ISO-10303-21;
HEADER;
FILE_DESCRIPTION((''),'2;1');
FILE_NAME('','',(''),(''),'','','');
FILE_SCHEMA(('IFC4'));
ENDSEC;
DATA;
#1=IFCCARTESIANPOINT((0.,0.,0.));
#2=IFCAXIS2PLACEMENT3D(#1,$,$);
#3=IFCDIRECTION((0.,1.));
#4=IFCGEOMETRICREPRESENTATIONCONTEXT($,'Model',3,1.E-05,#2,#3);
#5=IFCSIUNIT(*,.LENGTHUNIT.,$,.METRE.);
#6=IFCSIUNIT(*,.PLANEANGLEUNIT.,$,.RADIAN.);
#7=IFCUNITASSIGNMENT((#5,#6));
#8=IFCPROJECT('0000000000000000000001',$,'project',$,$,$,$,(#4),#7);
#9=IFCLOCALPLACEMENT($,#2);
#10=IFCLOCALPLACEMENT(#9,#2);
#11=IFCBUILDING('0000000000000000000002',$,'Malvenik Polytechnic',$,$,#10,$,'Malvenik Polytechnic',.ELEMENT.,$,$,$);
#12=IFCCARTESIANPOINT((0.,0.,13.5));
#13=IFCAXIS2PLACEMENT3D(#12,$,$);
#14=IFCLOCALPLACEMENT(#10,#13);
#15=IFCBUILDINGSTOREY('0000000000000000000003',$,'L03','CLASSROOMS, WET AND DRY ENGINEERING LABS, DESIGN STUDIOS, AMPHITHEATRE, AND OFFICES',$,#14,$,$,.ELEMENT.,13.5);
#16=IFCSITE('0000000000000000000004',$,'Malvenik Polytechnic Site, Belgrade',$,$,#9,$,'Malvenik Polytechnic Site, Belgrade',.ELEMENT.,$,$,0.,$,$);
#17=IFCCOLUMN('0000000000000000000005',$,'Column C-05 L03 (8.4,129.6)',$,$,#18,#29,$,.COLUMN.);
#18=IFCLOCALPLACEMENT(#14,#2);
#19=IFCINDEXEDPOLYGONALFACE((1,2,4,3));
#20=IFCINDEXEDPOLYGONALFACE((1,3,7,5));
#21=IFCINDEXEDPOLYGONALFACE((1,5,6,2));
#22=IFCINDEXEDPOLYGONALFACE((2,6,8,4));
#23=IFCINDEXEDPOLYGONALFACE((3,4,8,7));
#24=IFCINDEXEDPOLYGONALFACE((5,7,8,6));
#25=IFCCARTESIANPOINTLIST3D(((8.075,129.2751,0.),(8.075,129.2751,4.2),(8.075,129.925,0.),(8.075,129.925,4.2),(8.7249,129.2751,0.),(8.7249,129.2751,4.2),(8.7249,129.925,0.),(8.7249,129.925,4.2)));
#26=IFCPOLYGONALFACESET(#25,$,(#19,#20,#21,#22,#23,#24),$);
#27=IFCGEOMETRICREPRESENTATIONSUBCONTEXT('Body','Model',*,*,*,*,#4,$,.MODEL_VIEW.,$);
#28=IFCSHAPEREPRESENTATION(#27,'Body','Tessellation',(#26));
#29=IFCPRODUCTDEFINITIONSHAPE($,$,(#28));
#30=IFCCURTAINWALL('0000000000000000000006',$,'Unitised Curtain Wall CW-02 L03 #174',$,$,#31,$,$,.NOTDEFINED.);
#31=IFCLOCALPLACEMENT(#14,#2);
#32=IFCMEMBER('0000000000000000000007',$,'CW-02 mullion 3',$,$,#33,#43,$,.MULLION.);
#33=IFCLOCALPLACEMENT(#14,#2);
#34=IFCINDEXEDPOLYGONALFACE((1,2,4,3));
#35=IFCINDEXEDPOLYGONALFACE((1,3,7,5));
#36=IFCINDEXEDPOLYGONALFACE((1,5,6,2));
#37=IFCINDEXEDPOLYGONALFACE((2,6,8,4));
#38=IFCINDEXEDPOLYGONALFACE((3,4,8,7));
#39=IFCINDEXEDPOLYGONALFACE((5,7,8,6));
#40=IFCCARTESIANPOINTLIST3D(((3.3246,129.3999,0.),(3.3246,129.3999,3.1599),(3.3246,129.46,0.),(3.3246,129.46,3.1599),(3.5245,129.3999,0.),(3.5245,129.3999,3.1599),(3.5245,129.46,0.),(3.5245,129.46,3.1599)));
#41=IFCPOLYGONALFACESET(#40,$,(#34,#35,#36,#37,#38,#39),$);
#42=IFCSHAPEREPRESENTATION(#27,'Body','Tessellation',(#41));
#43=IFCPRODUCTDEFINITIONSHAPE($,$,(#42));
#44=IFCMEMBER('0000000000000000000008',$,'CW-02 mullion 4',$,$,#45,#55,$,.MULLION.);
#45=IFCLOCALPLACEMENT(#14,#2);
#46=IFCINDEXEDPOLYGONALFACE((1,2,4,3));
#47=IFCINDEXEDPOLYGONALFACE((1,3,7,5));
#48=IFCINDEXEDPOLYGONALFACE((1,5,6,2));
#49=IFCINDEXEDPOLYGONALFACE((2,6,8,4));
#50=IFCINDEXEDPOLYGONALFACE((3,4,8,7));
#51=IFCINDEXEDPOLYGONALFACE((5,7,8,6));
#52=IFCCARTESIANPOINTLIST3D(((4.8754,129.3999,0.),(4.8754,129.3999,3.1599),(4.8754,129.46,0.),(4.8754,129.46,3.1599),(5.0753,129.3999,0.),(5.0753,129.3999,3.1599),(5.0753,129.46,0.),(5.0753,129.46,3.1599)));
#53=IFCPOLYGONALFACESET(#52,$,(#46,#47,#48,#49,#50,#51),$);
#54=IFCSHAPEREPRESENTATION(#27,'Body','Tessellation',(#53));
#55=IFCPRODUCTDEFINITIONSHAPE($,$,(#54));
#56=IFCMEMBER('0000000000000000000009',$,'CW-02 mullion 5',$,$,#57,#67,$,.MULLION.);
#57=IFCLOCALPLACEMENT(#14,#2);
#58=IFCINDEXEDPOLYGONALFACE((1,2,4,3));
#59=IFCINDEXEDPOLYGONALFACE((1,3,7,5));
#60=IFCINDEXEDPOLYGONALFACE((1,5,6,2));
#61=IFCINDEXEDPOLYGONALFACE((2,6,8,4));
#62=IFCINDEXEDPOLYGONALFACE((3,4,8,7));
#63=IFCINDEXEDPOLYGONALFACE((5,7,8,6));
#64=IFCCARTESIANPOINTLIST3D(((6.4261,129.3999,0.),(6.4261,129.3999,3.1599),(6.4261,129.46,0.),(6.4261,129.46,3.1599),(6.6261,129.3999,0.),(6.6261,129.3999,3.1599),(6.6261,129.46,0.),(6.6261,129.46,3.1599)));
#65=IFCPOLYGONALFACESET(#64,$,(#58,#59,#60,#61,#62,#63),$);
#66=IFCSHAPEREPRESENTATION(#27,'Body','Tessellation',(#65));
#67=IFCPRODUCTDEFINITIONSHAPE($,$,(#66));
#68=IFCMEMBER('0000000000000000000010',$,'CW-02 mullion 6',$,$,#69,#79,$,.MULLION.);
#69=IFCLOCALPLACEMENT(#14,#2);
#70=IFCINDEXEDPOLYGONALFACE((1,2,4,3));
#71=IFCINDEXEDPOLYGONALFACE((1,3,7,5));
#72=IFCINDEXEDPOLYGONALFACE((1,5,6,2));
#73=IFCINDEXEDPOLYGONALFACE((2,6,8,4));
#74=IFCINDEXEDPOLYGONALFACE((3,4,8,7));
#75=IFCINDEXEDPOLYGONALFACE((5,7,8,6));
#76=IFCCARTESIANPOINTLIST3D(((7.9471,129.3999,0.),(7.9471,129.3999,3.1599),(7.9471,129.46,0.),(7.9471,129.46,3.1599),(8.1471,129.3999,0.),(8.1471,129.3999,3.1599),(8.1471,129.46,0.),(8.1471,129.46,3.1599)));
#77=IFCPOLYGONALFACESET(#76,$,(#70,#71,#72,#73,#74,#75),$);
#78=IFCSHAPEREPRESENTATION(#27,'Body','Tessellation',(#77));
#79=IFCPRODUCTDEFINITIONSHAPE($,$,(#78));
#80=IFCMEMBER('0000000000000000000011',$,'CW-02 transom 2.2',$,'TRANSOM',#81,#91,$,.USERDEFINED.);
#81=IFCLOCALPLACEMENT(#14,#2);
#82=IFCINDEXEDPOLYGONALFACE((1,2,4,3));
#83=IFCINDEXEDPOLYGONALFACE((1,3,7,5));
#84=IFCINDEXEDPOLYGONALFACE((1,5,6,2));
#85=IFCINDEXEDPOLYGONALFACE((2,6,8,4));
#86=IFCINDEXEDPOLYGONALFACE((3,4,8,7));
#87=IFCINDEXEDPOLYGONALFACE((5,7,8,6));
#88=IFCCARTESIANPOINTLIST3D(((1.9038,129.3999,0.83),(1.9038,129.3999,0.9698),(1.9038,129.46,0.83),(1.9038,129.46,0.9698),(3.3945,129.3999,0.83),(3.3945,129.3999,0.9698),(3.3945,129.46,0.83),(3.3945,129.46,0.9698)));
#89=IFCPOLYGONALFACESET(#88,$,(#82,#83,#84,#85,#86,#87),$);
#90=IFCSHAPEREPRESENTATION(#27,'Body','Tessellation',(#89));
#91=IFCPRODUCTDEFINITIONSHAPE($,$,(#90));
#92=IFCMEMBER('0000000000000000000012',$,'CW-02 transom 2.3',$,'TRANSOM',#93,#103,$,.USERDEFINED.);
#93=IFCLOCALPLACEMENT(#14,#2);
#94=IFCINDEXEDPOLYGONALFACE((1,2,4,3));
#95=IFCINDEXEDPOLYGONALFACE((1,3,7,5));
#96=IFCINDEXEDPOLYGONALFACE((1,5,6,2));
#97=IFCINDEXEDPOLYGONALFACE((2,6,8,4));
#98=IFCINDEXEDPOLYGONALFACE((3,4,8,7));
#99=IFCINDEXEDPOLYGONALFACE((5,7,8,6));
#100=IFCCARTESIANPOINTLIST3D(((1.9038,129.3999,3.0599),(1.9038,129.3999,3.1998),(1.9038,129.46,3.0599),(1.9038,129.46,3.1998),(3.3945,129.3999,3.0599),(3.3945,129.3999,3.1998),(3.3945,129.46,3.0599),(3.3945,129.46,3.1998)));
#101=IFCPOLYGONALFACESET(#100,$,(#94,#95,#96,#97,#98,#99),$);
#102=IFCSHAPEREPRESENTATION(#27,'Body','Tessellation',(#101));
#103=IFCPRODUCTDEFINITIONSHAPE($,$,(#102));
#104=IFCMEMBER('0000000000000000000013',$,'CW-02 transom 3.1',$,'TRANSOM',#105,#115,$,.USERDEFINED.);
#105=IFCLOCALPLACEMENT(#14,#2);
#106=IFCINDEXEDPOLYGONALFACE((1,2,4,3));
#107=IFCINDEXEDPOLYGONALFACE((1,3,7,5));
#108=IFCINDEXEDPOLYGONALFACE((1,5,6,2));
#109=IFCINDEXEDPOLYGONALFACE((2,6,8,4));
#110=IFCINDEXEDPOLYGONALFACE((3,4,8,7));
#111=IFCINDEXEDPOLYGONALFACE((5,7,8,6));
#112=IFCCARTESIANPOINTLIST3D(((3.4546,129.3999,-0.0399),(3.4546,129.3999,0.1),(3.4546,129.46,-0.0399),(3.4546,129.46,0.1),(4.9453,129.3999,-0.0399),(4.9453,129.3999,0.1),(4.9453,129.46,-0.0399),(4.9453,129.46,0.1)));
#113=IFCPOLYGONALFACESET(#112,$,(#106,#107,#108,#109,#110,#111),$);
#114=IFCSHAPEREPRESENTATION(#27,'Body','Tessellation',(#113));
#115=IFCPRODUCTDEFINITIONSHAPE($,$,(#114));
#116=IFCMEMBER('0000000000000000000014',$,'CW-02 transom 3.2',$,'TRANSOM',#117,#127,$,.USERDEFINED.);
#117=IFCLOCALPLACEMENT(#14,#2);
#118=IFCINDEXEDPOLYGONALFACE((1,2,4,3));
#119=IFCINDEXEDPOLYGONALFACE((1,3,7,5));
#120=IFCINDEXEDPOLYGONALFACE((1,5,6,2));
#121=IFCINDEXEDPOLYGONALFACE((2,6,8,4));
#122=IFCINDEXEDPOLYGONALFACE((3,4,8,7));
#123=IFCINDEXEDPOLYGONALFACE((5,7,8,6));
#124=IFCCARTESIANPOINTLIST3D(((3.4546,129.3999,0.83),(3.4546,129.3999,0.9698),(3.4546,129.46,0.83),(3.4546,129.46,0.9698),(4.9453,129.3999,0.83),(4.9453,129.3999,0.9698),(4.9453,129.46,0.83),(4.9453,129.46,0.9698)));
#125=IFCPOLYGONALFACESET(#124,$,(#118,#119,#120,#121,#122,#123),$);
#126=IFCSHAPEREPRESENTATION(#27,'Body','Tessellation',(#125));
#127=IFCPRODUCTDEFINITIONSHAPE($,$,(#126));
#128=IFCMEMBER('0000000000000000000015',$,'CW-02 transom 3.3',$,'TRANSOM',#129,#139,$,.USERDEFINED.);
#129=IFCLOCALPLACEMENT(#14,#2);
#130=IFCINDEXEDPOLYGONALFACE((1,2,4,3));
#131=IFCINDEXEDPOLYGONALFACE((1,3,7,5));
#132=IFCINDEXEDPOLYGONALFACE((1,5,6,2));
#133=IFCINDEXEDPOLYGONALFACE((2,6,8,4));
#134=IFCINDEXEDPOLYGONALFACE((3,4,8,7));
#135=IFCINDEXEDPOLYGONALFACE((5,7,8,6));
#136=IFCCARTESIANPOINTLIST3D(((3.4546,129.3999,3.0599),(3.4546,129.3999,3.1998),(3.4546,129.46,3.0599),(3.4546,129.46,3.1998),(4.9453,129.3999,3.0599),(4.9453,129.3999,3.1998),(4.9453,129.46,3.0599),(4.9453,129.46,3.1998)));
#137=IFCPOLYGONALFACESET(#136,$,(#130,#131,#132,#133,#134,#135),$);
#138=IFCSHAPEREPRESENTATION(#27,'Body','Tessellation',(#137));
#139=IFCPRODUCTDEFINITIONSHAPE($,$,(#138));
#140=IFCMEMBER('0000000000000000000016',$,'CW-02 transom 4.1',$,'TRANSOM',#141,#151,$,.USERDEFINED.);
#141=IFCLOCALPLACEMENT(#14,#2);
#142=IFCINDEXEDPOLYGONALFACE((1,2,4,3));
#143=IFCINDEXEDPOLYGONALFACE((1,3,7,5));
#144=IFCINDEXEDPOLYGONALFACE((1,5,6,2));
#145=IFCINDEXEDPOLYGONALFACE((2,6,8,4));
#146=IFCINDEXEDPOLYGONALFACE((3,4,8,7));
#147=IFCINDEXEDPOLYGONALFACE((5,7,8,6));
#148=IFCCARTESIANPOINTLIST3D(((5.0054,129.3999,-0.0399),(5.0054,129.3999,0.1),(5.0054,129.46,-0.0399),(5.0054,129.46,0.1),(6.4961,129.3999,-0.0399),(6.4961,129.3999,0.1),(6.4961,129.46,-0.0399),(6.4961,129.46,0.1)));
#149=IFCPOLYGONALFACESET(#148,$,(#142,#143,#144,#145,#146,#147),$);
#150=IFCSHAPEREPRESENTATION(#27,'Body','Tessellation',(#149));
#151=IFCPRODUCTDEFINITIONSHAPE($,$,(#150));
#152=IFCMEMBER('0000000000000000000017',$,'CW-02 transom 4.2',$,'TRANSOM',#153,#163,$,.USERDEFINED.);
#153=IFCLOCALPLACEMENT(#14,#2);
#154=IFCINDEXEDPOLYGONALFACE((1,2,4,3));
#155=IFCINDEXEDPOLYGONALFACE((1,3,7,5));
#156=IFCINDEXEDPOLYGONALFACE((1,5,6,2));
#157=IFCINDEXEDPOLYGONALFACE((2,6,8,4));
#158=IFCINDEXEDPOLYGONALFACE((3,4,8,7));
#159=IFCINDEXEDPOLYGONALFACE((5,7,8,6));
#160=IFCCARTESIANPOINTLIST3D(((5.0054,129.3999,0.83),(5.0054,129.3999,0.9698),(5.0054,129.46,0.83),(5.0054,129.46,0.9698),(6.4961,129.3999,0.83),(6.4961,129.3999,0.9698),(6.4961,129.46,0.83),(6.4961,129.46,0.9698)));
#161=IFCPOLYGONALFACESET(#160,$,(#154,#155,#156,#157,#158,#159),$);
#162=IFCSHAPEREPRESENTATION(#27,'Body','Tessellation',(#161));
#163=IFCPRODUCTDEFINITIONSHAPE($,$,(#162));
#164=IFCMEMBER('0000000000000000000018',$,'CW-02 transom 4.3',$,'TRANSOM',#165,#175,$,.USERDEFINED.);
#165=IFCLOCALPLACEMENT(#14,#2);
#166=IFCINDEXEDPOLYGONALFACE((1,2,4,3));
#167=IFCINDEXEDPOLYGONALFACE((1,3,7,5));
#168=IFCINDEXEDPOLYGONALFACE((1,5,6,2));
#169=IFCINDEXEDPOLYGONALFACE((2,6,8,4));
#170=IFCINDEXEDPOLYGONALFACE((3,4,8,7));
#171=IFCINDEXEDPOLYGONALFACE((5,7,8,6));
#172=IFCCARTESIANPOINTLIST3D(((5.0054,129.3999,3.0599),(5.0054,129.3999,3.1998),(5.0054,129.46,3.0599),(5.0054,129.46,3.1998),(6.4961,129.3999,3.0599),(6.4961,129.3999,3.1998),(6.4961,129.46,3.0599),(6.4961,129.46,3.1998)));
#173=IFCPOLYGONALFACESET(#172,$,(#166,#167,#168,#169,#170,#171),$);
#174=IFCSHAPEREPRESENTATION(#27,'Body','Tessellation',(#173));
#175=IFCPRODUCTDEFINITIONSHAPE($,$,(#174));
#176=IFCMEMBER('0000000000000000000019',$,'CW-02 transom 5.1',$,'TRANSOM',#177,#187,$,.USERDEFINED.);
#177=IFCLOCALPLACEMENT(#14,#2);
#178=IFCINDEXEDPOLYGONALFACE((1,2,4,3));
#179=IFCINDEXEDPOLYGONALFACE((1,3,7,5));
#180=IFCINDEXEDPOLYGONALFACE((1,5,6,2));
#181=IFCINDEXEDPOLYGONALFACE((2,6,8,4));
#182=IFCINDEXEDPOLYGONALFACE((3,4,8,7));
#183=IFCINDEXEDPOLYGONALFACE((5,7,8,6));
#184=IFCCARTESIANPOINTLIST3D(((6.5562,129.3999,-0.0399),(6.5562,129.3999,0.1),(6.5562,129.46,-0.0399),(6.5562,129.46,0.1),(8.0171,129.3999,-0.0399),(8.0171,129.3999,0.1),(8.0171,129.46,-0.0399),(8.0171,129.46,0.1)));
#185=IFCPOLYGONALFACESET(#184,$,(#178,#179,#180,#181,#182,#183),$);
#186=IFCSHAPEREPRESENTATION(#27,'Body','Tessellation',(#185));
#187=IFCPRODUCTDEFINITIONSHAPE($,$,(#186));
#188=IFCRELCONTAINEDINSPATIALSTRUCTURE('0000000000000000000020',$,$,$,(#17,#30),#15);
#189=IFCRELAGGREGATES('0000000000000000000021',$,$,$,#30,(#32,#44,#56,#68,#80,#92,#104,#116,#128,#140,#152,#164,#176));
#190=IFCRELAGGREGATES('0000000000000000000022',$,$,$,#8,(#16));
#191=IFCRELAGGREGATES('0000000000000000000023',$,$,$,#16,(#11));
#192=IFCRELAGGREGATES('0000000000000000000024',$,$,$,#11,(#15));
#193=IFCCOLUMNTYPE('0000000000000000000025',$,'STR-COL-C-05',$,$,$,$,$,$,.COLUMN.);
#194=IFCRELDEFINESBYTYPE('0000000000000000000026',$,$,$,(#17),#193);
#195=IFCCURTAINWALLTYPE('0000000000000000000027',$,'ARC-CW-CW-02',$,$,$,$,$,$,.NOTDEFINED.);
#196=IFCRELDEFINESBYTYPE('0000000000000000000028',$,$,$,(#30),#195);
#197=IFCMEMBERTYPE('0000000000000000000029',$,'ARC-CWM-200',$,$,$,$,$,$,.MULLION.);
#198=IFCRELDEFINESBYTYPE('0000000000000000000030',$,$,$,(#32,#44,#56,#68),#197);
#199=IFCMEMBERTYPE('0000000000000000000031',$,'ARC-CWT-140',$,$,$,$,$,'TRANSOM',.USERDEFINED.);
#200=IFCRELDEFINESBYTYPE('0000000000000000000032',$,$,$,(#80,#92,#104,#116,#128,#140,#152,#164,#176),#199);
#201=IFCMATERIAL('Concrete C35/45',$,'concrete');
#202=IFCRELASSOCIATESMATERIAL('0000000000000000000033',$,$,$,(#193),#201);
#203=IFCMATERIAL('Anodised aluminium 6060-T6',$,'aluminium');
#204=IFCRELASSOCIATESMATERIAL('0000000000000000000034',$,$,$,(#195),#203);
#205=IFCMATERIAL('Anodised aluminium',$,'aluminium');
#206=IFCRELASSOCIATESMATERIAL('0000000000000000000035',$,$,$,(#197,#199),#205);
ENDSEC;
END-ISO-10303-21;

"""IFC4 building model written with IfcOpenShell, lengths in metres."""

from ifc_helpers import new_model, si_unit, direction, frame, origin, origin_2d, place, context, subcontext, project, spatial, rectangle, extrude, material, material_profile, profile_set, type_object, element, aggregate, save


model = new_model("IFC4")

# Units and contexts
model_context = context("Model", 3, precision=1e-05, world=origin(), true_north=direction((0.0, 1.0)))
body_context = subcontext(model_context, "Body", "Model", "MODEL_VIEW")
ifc_project = project(units=[si_unit("LENGTHUNIT", "METRE"), si_unit("PLANEANGLEUNIT", "RADIAN")], contexts=[model_context])

# Site, building, storey
site_placement = place(None, origin())
site = spatial("IfcSite", under=ifc_project, at=site_placement, Name="Malvenik Polytechnic Site, Belgrade", LongName="Malvenik Polytechnic Site, Belgrade", CompositionType="ELEMENT", RefElevation=0.0)
building_placement = place(site_placement, origin())
building = spatial("IfcBuilding", under=site, at=building_placement, Name="Malvenik Polytechnic", LongName="Malvenik Polytechnic", CompositionType="ELEMENT")
storey_placement = place(building_placement, frame((0.0, 0.0, 13.5)))
storey = spatial("IfcBuildingStorey", under=building, at=storey_placement, Name="L03", Description="CLASSROOMS, WET AND DRY ENGINEERING LABS, DESIGN STUDIOS, AMPHITHEATRE, AND OFFICES", CompositionType="ELEMENT", Elevation=13.5)

# Column
ifc_material_1 = material(Name="Concrete C35/45", Category="concrete")
ifc_material_profile_1 = material_profile(ifc_material_1, rectangle(XDim=0.6499, YDim=0.6499, at=origin_2d()), Name="RC COL 650x650")
ifc_profile_set_1 = profile_set([ifc_material_profile_1], Name="Concrete C35/45")
column_type = type_object("IfcColumnType", Name="STR-COL-C-05", PredefinedType="COLUMN", material=ifc_profile_set_1)
column_placement = place(storey_placement, frame((8.3999, 129.6001, 0.0), z_axis=(0.0, 0.0, 1.0), x_axis=(1.0, 0.0, 0.0)))
element("IfcColumn", 1, at=column_placement, inside=storey, type_object=column_type, Name="Column C-05 L03 (8.4,129.6)", PredefinedType="COLUMN", context=body_context, shape_type="SweptSolid", body=[
    extrude(rectangle(XDim=0.6499, YDim=0.6499, at=origin_2d()), origin(), (0.0, 0.0, 1.0), 4.2),
])

# Curtain wall, members
ifc_material_2 = material(Name="Anodised aluminium 6060-T6", Category="aluminium")
curtain_wall_type = type_object("IfcCurtainWallType", Name="ARC-CW-CW-02", PredefinedType="NOTDEFINED", material=ifc_material_2)
curtain_wall_placement = place(storey_placement, origin())
curtain_wall = element("IfcCurtainWall", 2, at=curtain_wall_placement, inside=storey, type_object=curtain_wall_type, Name="Unitised Curtain Wall CW-02 L03 #174", PredefinedType="NOTDEFINED")
ifc_material_3 = material(Name="Anodised aluminium", Category="aluminium")
ifc_material_profile_2 = material_profile(ifc_material_3, rectangle(XDim=0.0601, YDim=0.2, at=origin_2d()), Name="ALU MULLION 60x200")
ifc_profile_set_2 = profile_set([ifc_material_profile_2], Name="Anodised aluminium")
member_type_1 = type_object("IfcMemberType", Name="ARC-CWM-200", PredefinedType="MULLION", material=ifc_profile_set_2)
member_1_placement = place(storey_placement, frame((3.4246, 129.4299, 0.0), z_axis=(0.0, 0.0, 1.0), x_axis=(0.0, 1.0, 0.0)))
member_1 = element("IfcMember", 3, at=member_1_placement, type_object=member_type_1, Name="CW-02 mullion 3", PredefinedType="MULLION", context=body_context, shape_type="SweptSolid", body=[
    extrude(rectangle(XDim=0.0601, YDim=0.2, at=origin_2d()), origin(), (0.0, 0.0, 1.0), 3.1599),
])
member_2_placement = place(storey_placement, frame((4.9753, 129.4299, 0.0), z_axis=(0.0, 0.0, 1.0), x_axis=(0.0, 1.0, 0.0)))
member_2 = element("IfcMember", 4, at=member_2_placement, type_object=member_type_1, Name="CW-02 mullion 4", PredefinedType="MULLION", context=body_context, shape_type="SweptSolid", body=[
    extrude(rectangle(XDim=0.0601, YDim=0.2, at=origin_2d()), origin(), (0.0, 0.0, 1.0), 3.1599),
])
member_3_placement = place(storey_placement, frame((6.5261, 129.4299, 0.0), z_axis=(0.0, 0.0, 1.0), x_axis=(0.0, 1.0, 0.0)))
member_3 = element("IfcMember", 5, at=member_3_placement, type_object=member_type_1, Name="CW-02 mullion 5", PredefinedType="MULLION", context=body_context, shape_type="SweptSolid", body=[
    extrude(rectangle(XDim=0.0601, YDim=0.2, at=origin_2d()), origin(), (0.0, 0.0, 1.0), 3.1599),
])
member_4_placement = place(storey_placement, frame((8.0471, 129.4299, 0.0), z_axis=(0.0, 0.0, 1.0), x_axis=(0.0, 1.0, 0.0)))
member_4 = element("IfcMember", 6, at=member_4_placement, type_object=member_type_1, Name="CW-02 mullion 6", PredefinedType="MULLION", context=body_context, shape_type="SweptSolid", body=[
    extrude(rectangle(XDim=0.0601, YDim=0.2, at=origin_2d()), origin(), (0.0, 0.0, 1.0), 3.1599),
])
ifc_material_profile_3 = material_profile(ifc_material_3, rectangle(XDim=0.0601, YDim=0.1399, at=origin_2d()), Name="ALU TRANSOM 60x140")
ifc_profile_set_3 = profile_set([ifc_material_profile_3], Name="Anodised aluminium")
member_type_2 = type_object("IfcMemberType", Name="ARC-CWT-140", ElementType="TRANSOM", PredefinedType="USERDEFINED", material=ifc_profile_set_3)
member_5_placement = place(storey_placement, frame((1.9038, 129.4299, 0.8999), z_axis=(1.0, 0.0, 0.0), x_axis=(0.0, 1.0, 0.0)))
member_5 = element("IfcMember", 7, at=member_5_placement, type_object=member_type_2, Name="CW-02 transom 2.2", ObjectType="TRANSOM", PredefinedType="USERDEFINED", context=body_context, shape_type="SweptSolid", body=[
    extrude(rectangle(XDim=0.0601, YDim=0.1399, at=origin_2d()), origin(), (0.0, 0.0, 1.0), 1.4907),
])
member_6_placement = place(storey_placement, frame((1.9038, 129.4299, 3.1299), z_axis=(1.0, 0.0, 0.0), x_axis=(0.0, 1.0, 0.0)))
member_6 = element("IfcMember", 8, at=member_6_placement, type_object=member_type_2, Name="CW-02 transom 2.3", ObjectType="TRANSOM", PredefinedType="USERDEFINED", context=body_context, shape_type="SweptSolid", body=[
    extrude(rectangle(XDim=0.0601, YDim=0.1399, at=origin_2d()), origin(), (0.0, 0.0, 1.0), 1.4907),
])
member_7_placement = place(storey_placement, frame((3.4546, 129.4299, 0.03), z_axis=(1.0, 0.0, 0.0), x_axis=(0.0, 1.0, 0.0)))
member_7 = element("IfcMember", 9, at=member_7_placement, type_object=member_type_2, Name="CW-02 transom 3.1", ObjectType="TRANSOM", PredefinedType="USERDEFINED", context=body_context, shape_type="SweptSolid", body=[
    extrude(rectangle(XDim=0.0601, YDim=0.1399, at=origin_2d()), origin(), (0.0, 0.0, 1.0), 1.4907),
])
member_8_placement = place(storey_placement, frame((3.4546, 129.4299, 0.8999), z_axis=(1.0, 0.0, 0.0), x_axis=(0.0, 1.0, 0.0)))
member_8 = element("IfcMember", 10, at=member_8_placement, type_object=member_type_2, Name="CW-02 transom 3.2", ObjectType="TRANSOM", PredefinedType="USERDEFINED", context=body_context, shape_type="SweptSolid", body=[
    extrude(rectangle(XDim=0.0601, YDim=0.1399, at=origin_2d()), origin(), (0.0, 0.0, 1.0), 1.4907),
])
member_9_placement = place(storey_placement, frame((3.4546, 129.4299, 3.1299), z_axis=(1.0, 0.0, 0.0), x_axis=(0.0, 1.0, 0.0)))
member_9 = element("IfcMember", 11, at=member_9_placement, type_object=member_type_2, Name="CW-02 transom 3.3", ObjectType="TRANSOM", PredefinedType="USERDEFINED", context=body_context, shape_type="SweptSolid", body=[
    extrude(rectangle(XDim=0.0601, YDim=0.1399, at=origin_2d()), origin(), (0.0, 0.0, 1.0), 1.4907),
])
member_10_placement = place(storey_placement, frame((5.0054, 129.4299, 0.03), z_axis=(1.0, 0.0, 0.0), x_axis=(0.0, 1.0, 0.0)))
member_10 = element("IfcMember", 12, at=member_10_placement, type_object=member_type_2, Name="CW-02 transom 4.1", ObjectType="TRANSOM", PredefinedType="USERDEFINED", context=body_context, shape_type="SweptSolid", body=[
    extrude(rectangle(XDim=0.0601, YDim=0.1399, at=origin_2d()), origin(), (0.0, 0.0, 1.0), 1.4907),
])
member_11_placement = place(storey_placement, frame((5.0054, 129.4299, 0.8999), z_axis=(1.0, 0.0, 0.0), x_axis=(0.0, 1.0, 0.0)))
member_11 = element("IfcMember", 13, at=member_11_placement, type_object=member_type_2, Name="CW-02 transom 4.2", ObjectType="TRANSOM", PredefinedType="USERDEFINED", context=body_context, shape_type="SweptSolid", body=[
    extrude(rectangle(XDim=0.0601, YDim=0.1399, at=origin_2d()), origin(), (0.0, 0.0, 1.0), 1.4907),
])
member_12_placement = place(storey_placement, frame((5.0054, 129.4299, 3.1299), z_axis=(1.0, 0.0, 0.0), x_axis=(0.0, 1.0, 0.0)))
member_12 = element("IfcMember", 14, at=member_12_placement, type_object=member_type_2, Name="CW-02 transom 4.3", ObjectType="TRANSOM", PredefinedType="USERDEFINED", context=body_context, shape_type="SweptSolid", body=[
    extrude(rectangle(XDim=0.0601, YDim=0.1399, at=origin_2d()), origin(), (0.0, 0.0, 1.0), 1.4907),
])
member_13_placement = place(storey_placement, frame((6.5562, 129.4299, 0.03), z_axis=(1.0, 0.0, 0.0), x_axis=(0.0, 1.0, 0.0)))
member_13 = element("IfcMember", 15, at=member_13_placement, type_object=member_type_2, Name="CW-02 transom 5.1", ObjectType="TRANSOM", PredefinedType="USERDEFINED", context=body_context, shape_type="SweptSolid", body=[
    extrude(rectangle(XDim=0.0601, YDim=0.1399, at=origin_2d()), origin(), (0.0, 0.0, 1.0), 1.4609),
])

aggregate(curtain_wall, [member_1, member_2, member_3, member_4, member_5, member_6, member_7, member_8, member_9, member_10, member_11, member_12, member_13])

save(model, "model.ifc")
